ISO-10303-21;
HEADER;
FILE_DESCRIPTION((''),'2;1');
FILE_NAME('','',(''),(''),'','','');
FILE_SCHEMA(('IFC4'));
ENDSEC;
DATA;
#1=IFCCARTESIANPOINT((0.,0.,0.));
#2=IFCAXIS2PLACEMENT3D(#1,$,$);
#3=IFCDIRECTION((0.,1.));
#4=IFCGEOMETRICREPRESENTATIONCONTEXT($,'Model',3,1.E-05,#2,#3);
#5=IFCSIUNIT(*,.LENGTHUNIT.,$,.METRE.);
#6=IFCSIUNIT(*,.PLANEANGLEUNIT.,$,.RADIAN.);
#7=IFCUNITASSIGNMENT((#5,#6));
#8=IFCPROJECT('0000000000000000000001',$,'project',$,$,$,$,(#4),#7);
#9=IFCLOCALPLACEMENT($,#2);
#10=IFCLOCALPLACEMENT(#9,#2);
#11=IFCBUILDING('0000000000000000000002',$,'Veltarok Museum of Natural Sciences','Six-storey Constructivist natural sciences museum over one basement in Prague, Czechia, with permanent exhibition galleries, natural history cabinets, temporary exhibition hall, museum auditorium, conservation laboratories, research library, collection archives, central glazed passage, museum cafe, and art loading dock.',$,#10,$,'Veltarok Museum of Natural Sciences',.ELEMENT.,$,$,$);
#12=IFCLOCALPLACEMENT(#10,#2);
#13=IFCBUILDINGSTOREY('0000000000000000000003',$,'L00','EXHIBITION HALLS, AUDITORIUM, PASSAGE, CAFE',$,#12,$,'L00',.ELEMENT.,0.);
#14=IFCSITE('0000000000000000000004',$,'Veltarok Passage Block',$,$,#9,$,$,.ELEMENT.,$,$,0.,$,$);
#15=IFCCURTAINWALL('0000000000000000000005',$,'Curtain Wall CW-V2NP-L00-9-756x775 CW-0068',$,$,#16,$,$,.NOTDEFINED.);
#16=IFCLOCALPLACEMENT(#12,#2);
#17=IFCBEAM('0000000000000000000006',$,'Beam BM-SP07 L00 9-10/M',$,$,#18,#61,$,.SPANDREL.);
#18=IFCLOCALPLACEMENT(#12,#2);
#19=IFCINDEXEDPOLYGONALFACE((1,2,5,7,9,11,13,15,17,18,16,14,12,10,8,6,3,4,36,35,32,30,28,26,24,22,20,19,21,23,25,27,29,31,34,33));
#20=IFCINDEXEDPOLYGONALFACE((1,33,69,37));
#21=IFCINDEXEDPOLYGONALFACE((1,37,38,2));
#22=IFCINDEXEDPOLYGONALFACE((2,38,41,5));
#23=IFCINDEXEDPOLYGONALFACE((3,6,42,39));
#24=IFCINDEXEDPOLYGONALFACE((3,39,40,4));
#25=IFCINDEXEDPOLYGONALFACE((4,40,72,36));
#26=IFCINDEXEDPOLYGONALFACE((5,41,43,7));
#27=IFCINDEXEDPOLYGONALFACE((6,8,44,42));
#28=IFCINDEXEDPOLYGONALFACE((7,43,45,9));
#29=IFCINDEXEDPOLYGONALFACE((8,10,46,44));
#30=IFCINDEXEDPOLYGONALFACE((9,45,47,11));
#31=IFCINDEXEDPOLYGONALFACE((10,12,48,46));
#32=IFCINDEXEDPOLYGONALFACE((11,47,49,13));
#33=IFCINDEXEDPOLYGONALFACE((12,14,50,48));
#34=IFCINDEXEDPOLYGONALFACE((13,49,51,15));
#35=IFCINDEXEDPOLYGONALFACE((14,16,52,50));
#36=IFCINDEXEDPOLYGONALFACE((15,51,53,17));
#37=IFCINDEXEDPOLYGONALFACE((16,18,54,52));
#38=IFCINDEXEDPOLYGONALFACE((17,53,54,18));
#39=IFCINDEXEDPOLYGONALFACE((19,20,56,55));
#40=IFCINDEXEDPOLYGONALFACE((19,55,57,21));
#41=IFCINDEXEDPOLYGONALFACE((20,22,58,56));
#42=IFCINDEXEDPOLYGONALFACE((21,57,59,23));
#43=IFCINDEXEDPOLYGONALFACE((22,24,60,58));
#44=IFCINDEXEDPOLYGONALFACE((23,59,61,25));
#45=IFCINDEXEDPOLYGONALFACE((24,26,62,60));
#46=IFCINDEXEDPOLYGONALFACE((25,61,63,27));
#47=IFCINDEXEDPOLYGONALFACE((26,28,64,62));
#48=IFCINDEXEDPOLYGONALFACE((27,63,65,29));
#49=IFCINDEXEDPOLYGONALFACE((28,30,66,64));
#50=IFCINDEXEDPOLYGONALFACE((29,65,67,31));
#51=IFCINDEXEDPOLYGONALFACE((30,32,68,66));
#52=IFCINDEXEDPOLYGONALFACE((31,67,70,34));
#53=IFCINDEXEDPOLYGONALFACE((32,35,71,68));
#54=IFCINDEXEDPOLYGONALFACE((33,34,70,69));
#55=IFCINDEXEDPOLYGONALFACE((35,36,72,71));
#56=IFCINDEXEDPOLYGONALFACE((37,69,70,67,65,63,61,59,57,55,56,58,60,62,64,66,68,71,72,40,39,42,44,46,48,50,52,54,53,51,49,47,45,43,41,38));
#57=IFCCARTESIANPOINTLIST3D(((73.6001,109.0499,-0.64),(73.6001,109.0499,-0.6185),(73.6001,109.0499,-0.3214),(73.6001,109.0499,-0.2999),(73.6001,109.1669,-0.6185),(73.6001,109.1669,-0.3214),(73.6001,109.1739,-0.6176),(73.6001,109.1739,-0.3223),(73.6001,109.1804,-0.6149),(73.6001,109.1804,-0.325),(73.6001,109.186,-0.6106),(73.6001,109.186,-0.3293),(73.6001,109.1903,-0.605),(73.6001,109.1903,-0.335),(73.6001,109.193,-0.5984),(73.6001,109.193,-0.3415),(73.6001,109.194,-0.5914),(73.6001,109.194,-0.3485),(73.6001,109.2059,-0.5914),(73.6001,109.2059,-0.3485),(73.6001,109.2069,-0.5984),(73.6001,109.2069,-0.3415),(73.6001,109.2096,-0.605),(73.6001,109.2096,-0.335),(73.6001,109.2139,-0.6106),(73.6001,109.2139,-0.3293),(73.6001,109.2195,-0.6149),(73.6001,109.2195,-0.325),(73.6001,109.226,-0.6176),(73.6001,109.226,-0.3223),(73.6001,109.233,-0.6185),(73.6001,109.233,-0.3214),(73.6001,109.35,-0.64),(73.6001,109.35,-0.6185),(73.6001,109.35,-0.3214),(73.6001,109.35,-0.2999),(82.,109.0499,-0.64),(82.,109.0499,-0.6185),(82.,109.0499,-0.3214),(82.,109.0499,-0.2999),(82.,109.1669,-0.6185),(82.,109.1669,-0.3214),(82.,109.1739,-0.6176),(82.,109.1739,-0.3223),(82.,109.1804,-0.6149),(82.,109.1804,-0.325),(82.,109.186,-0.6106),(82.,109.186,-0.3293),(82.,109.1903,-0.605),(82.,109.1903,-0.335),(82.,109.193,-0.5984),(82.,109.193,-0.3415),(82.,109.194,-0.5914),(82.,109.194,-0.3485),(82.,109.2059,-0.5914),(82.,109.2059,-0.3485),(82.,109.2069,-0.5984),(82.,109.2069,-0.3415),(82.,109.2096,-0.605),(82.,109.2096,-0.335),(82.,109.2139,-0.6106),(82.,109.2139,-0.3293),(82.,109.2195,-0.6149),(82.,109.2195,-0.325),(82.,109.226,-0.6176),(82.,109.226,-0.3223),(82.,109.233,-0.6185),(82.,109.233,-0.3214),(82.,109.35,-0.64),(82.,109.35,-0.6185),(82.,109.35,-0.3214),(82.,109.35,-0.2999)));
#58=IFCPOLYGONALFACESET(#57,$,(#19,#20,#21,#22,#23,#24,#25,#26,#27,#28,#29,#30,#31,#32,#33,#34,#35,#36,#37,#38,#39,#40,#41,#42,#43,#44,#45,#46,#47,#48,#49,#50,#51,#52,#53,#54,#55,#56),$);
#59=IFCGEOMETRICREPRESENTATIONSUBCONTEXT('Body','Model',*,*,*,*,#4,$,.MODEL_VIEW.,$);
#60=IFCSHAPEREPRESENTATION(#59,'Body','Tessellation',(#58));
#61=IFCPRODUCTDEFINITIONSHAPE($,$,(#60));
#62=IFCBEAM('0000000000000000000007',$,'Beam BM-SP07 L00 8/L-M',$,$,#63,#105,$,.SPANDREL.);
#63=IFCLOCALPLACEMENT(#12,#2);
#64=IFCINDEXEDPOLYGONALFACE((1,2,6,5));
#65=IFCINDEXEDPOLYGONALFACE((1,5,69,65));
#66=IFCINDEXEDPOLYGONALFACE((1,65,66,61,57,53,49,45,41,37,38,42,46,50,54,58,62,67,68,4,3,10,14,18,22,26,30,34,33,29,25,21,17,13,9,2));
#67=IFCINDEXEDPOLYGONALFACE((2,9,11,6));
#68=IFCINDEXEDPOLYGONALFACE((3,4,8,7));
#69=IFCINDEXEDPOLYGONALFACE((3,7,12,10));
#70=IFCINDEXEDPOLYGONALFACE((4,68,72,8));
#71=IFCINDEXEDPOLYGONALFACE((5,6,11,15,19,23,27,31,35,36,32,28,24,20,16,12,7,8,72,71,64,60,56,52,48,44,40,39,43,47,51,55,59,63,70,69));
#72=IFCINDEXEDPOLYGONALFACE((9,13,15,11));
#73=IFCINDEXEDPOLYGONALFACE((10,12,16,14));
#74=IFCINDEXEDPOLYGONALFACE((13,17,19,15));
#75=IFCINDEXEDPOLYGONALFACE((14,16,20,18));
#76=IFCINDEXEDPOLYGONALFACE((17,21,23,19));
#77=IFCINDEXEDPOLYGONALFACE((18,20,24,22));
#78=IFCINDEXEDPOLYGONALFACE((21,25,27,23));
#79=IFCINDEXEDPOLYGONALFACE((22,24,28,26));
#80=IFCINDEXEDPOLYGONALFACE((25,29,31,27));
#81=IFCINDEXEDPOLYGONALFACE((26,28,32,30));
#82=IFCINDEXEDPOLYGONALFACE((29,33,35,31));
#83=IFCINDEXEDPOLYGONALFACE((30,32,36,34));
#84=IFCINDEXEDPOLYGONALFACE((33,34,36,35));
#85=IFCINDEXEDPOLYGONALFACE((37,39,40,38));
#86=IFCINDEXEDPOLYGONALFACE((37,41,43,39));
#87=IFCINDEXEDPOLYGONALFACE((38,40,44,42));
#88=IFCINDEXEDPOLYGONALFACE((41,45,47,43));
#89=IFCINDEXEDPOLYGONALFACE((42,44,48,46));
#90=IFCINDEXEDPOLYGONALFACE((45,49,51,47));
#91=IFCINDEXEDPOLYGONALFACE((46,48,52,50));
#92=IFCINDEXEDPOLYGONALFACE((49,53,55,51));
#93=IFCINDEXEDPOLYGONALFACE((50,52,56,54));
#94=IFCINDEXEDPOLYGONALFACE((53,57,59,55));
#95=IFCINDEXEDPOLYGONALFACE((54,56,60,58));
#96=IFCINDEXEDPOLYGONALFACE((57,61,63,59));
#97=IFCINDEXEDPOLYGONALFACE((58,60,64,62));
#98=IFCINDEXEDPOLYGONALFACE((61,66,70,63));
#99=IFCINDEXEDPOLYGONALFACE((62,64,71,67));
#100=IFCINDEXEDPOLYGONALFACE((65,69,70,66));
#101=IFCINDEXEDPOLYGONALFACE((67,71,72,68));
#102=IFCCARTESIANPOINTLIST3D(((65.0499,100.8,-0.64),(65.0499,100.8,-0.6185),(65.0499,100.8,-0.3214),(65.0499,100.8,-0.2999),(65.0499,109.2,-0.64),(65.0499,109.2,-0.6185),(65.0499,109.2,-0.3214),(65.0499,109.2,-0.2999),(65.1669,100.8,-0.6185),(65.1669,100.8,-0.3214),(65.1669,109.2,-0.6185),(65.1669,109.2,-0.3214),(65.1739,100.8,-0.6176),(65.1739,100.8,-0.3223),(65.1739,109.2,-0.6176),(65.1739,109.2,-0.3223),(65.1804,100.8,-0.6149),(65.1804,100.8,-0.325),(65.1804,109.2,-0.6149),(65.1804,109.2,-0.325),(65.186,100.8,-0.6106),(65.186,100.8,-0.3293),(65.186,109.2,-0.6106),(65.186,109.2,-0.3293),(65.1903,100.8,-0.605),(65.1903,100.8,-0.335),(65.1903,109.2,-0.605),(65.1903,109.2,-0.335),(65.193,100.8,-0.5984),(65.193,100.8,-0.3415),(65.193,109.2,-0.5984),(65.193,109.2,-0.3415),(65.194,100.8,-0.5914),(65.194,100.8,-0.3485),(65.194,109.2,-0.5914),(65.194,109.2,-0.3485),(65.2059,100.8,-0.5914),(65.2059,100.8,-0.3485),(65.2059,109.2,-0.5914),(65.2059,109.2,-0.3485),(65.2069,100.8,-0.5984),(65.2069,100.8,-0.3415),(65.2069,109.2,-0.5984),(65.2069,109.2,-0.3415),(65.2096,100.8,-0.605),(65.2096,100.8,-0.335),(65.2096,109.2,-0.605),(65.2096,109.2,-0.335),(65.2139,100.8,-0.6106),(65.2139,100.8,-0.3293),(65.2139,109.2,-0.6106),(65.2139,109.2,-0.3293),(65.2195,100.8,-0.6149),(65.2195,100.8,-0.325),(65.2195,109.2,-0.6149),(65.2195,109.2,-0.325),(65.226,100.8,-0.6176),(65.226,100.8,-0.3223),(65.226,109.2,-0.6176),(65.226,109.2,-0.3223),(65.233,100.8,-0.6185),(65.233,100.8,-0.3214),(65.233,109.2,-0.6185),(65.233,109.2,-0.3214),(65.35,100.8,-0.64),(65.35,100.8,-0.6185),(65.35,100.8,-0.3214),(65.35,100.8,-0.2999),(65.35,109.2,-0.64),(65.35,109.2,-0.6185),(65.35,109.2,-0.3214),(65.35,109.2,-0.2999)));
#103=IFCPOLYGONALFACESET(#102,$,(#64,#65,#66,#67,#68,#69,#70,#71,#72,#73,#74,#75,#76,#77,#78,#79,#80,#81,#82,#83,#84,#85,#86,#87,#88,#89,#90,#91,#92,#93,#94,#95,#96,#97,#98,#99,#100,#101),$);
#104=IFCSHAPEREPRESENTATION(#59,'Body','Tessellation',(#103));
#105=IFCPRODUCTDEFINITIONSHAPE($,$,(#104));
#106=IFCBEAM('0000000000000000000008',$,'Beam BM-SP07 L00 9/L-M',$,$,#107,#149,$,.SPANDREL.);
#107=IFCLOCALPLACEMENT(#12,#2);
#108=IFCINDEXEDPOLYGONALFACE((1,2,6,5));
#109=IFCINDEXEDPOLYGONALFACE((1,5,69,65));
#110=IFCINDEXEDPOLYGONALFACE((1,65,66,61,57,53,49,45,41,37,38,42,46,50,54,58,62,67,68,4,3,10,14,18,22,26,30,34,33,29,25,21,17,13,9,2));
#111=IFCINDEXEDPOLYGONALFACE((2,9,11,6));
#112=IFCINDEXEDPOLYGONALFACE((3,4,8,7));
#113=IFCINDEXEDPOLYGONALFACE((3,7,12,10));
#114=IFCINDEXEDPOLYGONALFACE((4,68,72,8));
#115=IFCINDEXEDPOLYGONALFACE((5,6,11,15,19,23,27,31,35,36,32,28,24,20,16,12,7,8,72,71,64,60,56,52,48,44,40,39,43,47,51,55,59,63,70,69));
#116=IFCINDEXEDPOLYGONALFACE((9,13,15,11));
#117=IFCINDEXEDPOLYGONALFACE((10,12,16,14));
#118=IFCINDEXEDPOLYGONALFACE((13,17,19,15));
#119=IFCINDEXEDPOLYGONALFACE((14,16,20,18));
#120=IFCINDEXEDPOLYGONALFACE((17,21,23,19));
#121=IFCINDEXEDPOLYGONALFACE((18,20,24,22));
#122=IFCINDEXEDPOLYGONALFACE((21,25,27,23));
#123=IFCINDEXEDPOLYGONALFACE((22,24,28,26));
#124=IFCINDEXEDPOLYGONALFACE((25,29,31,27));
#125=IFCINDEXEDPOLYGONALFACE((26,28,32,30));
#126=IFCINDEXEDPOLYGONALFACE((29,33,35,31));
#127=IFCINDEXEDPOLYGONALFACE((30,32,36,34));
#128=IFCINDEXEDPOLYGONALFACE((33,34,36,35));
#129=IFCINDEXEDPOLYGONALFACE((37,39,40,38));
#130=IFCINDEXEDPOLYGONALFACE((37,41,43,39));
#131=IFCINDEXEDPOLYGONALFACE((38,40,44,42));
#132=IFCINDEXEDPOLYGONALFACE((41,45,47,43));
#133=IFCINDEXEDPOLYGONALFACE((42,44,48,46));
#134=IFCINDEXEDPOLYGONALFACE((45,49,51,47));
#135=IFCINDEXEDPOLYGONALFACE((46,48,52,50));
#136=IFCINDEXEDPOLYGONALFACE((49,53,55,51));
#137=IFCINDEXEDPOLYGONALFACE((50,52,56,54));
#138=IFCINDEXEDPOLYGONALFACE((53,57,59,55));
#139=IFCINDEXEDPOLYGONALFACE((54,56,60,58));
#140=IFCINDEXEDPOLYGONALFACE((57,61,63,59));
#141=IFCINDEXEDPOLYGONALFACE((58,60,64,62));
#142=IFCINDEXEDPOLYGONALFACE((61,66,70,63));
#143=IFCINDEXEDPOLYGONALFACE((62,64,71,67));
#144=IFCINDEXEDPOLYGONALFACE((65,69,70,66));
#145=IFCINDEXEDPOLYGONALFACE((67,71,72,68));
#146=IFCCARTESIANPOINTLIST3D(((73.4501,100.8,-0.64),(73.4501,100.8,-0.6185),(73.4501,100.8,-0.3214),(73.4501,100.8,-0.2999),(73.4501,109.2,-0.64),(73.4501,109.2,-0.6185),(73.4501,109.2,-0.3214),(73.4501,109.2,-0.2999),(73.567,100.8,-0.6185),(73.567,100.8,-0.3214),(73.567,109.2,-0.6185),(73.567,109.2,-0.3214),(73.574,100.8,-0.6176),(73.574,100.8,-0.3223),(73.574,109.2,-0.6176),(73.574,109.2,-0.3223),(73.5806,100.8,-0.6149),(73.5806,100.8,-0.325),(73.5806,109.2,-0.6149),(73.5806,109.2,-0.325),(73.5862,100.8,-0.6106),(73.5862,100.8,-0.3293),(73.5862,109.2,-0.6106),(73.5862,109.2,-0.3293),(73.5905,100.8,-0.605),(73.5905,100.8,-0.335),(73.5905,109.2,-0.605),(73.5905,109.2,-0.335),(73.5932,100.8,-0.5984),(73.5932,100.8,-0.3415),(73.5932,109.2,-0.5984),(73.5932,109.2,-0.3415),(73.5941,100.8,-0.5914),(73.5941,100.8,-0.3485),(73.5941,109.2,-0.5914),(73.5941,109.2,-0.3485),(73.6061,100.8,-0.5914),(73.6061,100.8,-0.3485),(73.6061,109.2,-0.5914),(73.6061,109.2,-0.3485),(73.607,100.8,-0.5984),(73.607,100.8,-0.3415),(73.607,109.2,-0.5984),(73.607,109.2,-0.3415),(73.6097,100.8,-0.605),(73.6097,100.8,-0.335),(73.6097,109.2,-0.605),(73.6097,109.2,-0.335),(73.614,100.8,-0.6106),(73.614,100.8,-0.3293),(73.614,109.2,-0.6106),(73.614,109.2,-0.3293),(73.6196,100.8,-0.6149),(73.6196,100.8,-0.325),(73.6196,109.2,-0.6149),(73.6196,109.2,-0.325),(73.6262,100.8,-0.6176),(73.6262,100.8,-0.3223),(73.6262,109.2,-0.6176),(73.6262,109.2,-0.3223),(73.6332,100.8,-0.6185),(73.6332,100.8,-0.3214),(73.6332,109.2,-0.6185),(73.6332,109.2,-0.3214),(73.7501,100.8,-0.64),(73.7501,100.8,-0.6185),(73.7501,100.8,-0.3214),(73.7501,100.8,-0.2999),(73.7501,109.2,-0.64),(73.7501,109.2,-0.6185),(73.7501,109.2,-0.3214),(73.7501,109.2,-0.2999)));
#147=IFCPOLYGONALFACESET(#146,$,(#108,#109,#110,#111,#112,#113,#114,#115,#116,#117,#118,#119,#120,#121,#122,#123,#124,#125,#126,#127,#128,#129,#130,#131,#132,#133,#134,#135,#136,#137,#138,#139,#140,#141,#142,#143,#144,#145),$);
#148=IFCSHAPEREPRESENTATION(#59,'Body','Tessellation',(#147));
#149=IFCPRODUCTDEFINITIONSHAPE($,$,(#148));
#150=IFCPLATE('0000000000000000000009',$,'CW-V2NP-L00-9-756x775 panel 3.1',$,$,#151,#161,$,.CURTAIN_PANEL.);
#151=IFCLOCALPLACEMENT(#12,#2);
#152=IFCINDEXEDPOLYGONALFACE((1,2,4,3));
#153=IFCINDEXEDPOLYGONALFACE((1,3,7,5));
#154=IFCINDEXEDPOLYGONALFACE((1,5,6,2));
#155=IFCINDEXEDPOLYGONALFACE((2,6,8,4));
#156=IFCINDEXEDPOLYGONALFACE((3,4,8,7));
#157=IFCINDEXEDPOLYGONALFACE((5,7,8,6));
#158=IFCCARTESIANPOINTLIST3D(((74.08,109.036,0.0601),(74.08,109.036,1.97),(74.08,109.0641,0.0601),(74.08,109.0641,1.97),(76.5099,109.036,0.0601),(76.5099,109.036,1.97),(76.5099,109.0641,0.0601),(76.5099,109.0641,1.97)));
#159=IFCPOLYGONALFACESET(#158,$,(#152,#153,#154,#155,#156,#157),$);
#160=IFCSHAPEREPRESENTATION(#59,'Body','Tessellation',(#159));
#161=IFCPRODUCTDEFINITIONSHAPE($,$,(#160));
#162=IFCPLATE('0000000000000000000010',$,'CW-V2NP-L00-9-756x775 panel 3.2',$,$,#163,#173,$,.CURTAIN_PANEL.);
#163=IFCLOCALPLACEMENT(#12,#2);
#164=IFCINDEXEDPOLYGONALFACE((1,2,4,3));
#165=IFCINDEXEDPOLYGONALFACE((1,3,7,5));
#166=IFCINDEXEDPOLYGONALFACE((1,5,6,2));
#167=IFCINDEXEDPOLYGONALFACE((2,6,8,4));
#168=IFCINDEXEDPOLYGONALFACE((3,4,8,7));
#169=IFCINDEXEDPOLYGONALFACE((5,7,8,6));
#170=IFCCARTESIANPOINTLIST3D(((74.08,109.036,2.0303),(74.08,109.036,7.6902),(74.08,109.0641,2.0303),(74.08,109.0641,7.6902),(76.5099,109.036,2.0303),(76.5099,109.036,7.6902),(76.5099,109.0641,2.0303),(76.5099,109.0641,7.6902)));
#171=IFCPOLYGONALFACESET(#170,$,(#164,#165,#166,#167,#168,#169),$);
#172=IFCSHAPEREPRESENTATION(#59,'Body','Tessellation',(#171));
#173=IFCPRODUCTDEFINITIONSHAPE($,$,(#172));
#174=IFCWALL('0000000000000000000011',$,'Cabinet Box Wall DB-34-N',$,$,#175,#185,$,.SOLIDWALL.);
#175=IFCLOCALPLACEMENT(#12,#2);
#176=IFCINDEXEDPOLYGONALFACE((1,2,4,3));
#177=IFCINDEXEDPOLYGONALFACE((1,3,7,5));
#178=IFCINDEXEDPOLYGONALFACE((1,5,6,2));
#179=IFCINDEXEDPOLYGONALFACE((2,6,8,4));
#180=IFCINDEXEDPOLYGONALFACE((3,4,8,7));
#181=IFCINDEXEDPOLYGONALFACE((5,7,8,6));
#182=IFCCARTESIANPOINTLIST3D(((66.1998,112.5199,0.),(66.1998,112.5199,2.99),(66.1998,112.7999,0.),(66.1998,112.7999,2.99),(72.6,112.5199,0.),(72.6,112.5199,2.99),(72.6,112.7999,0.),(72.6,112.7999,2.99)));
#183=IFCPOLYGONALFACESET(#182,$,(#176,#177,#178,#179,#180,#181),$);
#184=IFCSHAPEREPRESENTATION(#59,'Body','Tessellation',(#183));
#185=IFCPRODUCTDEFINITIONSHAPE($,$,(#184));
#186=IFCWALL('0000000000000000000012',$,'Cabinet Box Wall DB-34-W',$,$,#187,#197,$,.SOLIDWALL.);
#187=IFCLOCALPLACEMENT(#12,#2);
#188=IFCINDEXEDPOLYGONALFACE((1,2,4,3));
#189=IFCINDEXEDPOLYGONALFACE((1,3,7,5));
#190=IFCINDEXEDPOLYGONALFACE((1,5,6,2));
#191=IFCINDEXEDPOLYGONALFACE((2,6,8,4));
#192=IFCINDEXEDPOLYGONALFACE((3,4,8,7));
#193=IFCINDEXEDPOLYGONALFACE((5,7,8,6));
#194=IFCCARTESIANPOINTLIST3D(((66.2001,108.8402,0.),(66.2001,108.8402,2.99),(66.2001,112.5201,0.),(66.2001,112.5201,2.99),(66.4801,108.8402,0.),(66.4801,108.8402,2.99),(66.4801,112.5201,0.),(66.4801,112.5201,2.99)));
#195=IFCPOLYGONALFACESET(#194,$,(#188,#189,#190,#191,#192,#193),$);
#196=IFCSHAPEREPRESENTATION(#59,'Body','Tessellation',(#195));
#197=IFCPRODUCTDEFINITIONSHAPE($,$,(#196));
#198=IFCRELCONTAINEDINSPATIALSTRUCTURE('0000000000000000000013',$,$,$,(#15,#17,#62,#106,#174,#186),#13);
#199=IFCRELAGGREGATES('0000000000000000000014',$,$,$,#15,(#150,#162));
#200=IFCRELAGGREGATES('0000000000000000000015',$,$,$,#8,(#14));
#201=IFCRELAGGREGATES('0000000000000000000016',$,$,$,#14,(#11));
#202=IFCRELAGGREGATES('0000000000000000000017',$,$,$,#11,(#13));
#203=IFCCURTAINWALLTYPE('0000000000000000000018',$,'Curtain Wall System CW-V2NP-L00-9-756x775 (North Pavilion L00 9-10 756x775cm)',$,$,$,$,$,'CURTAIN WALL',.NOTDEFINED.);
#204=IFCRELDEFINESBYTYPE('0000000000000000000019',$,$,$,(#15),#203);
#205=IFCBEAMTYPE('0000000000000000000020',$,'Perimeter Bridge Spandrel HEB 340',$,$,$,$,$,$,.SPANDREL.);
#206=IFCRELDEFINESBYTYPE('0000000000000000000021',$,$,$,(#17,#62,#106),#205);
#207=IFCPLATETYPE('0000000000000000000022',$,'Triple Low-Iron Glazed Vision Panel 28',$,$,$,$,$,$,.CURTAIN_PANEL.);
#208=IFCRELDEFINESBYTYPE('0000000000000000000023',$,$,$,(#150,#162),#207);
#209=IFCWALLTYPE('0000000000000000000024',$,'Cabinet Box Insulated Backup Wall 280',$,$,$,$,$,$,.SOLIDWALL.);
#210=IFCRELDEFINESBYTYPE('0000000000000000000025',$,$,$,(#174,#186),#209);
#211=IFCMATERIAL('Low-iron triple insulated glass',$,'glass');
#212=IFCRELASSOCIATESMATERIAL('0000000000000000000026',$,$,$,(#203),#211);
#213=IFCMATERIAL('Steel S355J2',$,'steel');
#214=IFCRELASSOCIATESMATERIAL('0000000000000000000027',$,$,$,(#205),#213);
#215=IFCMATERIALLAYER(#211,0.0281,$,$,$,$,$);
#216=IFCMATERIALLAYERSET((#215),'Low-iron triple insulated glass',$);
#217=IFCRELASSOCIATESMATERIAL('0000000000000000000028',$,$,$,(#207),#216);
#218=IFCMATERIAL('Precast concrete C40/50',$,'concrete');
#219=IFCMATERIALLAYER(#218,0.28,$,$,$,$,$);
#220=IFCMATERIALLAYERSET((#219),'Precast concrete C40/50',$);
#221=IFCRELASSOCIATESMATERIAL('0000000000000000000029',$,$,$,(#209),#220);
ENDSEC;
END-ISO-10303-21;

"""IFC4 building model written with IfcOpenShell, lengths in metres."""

from ifc_helpers import new_model, si_unit, direction, frame, frame_2d, origin, origin_2d, place, context, subcontext, project, spatial, rectangle, i_section, extrude, material, layer, layer_set, material_profile, profile_set, type_object, element, aggregate, save


model = new_model("IFC4")

# Units and contexts
model_context = context("Model", 3, precision=1e-05, world=origin(), true_north=direction((0.0, 1.0)))
body_context = subcontext(model_context, "Body", "Model", "MODEL_VIEW")
ifc_project = project(units=[si_unit("LENGTHUNIT", "METRE"), si_unit("PLANEANGLEUNIT", "RADIAN")], contexts=[model_context])

# Site, building, storey
site_placement = place(None, origin())
site = spatial("IfcSite", under=ifc_project, at=site_placement, Name="Veltarok Passage Block", CompositionType="ELEMENT", RefElevation=0.0)
building_placement = place(site_placement, origin())
building = spatial("IfcBuilding", under=site, at=building_placement, Name="Veltarok Museum of Natural Sciences", Description="Six-storey Constructivist natural sciences museum over one basement in Prague, Czechia, with permanent exhibition galleries, natural history cabinets, temporary exhibition hall, museum auditorium, conservation laboratories, research library, collection archives, central glazed passage, museum cafe, and art loading dock.", LongName="Veltarok Museum of Natural Sciences", CompositionType="ELEMENT")
storey_placement = place(building_placement, origin())
storey = spatial("IfcBuildingStorey", under=building, at=storey_placement, Name="L00", Description="EXHIBITION HALLS, AUDITORIUM, PASSAGE, CAFE", LongName="L00", CompositionType="ELEMENT", Elevation=0.0)

# Shared definitions
ifc_material_1 = material(Name="Steel S355J2", Category="steel")

# Curtain wall
ifc_material_2 = material(Name="Low-iron triple insulated glass", Category="glass")
curtain_wall_type_1 = type_object("IfcCurtainWallType", Name="Curtain Wall System CW-V2NP-L00-9-756x775 (North Pavilion L00 9-10 756x775cm)", ElementType="CURTAIN WALL", PredefinedType="NOTDEFINED", material=ifc_material_2)
curtain_wall_1_placement = place(storey_placement, origin())
curtain_wall_1 = element("IfcCurtainWall", 1, at=curtain_wall_1_placement, inside=storey, type_object=curtain_wall_type_1, Name="Curtain Wall CW-V2NP-L00-9-756x775 CW-0068", PredefinedType="NOTDEFINED")

# Beams
ifc_material_profile_1 = material_profile(ifc_material_1, i_section(OverallWidth=0.3, OverallDepth=0.3401, WebThickness=0.012, FlangeThickness=0.0215, FilletRadius=0.0271, at=origin_2d()), Name="HEB 340")
ifc_profile_set_1 = profile_set([ifc_material_profile_1], Name="Steel S355J2")
beam_type_1 = type_object("IfcBeamType", Name="Perimeter Bridge Spandrel HEB 340", PredefinedType="SPANDREL", material=ifc_profile_set_1)
for number, where, z_axis, x_axis, name in (
    (2, (73.6001, 109.2, -0.47), (1.0, 0.0, 0.0), (0.0, 1.0, 0.0), "Beam BM-SP07 L00 9-10/M"),
    (3, (65.2, 100.8, -0.47), (0.0, 1.0, 0.0), (-1.0, 0.0, 0.0), "Beam BM-SP07 L00 8/L-M"),
    (4, (73.6001, 100.8, -0.47), (0.0, 1.0, 0.0), (-1.0, 0.0, 0.0), "Beam BM-SP07 L00 9/L-M"),
):
    element("IfcBeam", number, at=place(storey_placement, frame(where, z_axis=z_axis, x_axis=x_axis)), inside=storey, type_object=beam_type_1, Name=name, PredefinedType="SPANDREL", context=body_context, shape_type="SweptSolid", body=[
        extrude(i_section(OverallWidth=0.3, OverallDepth=0.3401, WebThickness=0.012, FlangeThickness=0.0215, FilletRadius=0.0271, at=origin_2d()), origin(), (0.0, 0.0, 1.0), 8.3999),
    ])

# Plates
ifc_layer_1 = layer(ifc_material_2, 0.0281)
ifc_layer_set_1 = layer_set([ifc_layer_1], Name="Low-iron triple insulated glass")
plate_type = type_object("IfcPlateType", Name="Triple Low-Iron Glazed Vision Panel 28", PredefinedType="CURTAIN_PANEL", material=ifc_layer_set_1)
plate_1_placement = place(storey_placement, frame((75.2949, 109.05, 0.0601), z_axis=(0.0, 0.0, 1.0), x_axis=(-1.0, 0.0, 0.0)))
plate_1 = element("IfcPlate", 5, at=plate_1_placement, type_object=plate_type, Name="CW-V2NP-L00-9-756x775 panel 3.1", PredefinedType="CURTAIN_PANEL", context=body_context, shape_type="SweptSolid", body=[
    extrude(rectangle(XDim=2.4299, YDim=0.0281, at=origin_2d()), origin(), (0.0, 0.0, 1.0), 1.9099),
])
plate_2_placement = place(storey_placement, frame((75.2949, 109.05, 2.0303), z_axis=(0.0, 0.0, 1.0), x_axis=(-1.0, 0.0, 0.0)))
plate_2 = element("IfcPlate", 6, at=plate_2_placement, type_object=plate_type, Name="CW-V2NP-L00-9-756x775 panel 3.2", PredefinedType="CURTAIN_PANEL", context=body_context, shape_type="SweptSolid", body=[
    extrude(rectangle(XDim=2.4299, YDim=0.0281, at=origin_2d()), origin(), (0.0, 0.0, 1.0), 5.6599),
])
aggregate(curtain_wall_1, [plate_1, plate_2])

# Walls
ifc_material_3 = material(Name="Precast concrete C40/50", Category="concrete")
ifc_layer_2 = layer(ifc_material_3, 0.28)
ifc_layer_set_2 = layer_set([ifc_layer_2], Name="Precast concrete C40/50")
wall_type_1 = type_object("IfcWallType", Name="Cabinet Box Insulated Backup Wall 280", PredefinedType="SOLIDWALL", material=ifc_layer_set_2)
wall_1_placement = place(storey_placement, frame((72.6001, 112.6599, 0.0), z_axis=(0.0, 0.0, 1.0), x_axis=(-1.0, 0.0, 0.0)))
element("IfcWall", 7, at=wall_1_placement, inside=storey, type_object=wall_type_1, Name="Cabinet Box Wall DB-34-N", PredefinedType="SOLIDWALL", context=body_context, shape_type="SweptSolid", body=[
    extrude(rectangle(XDim=6.4001, YDim=0.28, at=frame_2d((3.2002, 0.0))), origin(), (0.0, 0.0, 1.0), 2.99),
])
for number, where, z_axis, x_axis, name in (
    (8, (66.3401, 112.52, 0.0), (0.0, 0.0, 1.0), (0.0, -1.0, 0.0), "Cabinet Box Wall DB-34-W"),
):
    element("IfcWall", number, at=place(storey_placement, frame(where, z_axis=z_axis, x_axis=x_axis)), inside=storey, type_object=wall_type_1, Name=name, PredefinedType="SOLIDWALL", context=body_context, shape_type="SweptSolid", body=[
        extrude(rectangle(XDim=3.6799, YDim=0.28, at=frame_2d((1.8398, 0.0))), origin(), (0.0, 0.0, 1.0), 2.99),
    ])

save(model, "model.ifc")
